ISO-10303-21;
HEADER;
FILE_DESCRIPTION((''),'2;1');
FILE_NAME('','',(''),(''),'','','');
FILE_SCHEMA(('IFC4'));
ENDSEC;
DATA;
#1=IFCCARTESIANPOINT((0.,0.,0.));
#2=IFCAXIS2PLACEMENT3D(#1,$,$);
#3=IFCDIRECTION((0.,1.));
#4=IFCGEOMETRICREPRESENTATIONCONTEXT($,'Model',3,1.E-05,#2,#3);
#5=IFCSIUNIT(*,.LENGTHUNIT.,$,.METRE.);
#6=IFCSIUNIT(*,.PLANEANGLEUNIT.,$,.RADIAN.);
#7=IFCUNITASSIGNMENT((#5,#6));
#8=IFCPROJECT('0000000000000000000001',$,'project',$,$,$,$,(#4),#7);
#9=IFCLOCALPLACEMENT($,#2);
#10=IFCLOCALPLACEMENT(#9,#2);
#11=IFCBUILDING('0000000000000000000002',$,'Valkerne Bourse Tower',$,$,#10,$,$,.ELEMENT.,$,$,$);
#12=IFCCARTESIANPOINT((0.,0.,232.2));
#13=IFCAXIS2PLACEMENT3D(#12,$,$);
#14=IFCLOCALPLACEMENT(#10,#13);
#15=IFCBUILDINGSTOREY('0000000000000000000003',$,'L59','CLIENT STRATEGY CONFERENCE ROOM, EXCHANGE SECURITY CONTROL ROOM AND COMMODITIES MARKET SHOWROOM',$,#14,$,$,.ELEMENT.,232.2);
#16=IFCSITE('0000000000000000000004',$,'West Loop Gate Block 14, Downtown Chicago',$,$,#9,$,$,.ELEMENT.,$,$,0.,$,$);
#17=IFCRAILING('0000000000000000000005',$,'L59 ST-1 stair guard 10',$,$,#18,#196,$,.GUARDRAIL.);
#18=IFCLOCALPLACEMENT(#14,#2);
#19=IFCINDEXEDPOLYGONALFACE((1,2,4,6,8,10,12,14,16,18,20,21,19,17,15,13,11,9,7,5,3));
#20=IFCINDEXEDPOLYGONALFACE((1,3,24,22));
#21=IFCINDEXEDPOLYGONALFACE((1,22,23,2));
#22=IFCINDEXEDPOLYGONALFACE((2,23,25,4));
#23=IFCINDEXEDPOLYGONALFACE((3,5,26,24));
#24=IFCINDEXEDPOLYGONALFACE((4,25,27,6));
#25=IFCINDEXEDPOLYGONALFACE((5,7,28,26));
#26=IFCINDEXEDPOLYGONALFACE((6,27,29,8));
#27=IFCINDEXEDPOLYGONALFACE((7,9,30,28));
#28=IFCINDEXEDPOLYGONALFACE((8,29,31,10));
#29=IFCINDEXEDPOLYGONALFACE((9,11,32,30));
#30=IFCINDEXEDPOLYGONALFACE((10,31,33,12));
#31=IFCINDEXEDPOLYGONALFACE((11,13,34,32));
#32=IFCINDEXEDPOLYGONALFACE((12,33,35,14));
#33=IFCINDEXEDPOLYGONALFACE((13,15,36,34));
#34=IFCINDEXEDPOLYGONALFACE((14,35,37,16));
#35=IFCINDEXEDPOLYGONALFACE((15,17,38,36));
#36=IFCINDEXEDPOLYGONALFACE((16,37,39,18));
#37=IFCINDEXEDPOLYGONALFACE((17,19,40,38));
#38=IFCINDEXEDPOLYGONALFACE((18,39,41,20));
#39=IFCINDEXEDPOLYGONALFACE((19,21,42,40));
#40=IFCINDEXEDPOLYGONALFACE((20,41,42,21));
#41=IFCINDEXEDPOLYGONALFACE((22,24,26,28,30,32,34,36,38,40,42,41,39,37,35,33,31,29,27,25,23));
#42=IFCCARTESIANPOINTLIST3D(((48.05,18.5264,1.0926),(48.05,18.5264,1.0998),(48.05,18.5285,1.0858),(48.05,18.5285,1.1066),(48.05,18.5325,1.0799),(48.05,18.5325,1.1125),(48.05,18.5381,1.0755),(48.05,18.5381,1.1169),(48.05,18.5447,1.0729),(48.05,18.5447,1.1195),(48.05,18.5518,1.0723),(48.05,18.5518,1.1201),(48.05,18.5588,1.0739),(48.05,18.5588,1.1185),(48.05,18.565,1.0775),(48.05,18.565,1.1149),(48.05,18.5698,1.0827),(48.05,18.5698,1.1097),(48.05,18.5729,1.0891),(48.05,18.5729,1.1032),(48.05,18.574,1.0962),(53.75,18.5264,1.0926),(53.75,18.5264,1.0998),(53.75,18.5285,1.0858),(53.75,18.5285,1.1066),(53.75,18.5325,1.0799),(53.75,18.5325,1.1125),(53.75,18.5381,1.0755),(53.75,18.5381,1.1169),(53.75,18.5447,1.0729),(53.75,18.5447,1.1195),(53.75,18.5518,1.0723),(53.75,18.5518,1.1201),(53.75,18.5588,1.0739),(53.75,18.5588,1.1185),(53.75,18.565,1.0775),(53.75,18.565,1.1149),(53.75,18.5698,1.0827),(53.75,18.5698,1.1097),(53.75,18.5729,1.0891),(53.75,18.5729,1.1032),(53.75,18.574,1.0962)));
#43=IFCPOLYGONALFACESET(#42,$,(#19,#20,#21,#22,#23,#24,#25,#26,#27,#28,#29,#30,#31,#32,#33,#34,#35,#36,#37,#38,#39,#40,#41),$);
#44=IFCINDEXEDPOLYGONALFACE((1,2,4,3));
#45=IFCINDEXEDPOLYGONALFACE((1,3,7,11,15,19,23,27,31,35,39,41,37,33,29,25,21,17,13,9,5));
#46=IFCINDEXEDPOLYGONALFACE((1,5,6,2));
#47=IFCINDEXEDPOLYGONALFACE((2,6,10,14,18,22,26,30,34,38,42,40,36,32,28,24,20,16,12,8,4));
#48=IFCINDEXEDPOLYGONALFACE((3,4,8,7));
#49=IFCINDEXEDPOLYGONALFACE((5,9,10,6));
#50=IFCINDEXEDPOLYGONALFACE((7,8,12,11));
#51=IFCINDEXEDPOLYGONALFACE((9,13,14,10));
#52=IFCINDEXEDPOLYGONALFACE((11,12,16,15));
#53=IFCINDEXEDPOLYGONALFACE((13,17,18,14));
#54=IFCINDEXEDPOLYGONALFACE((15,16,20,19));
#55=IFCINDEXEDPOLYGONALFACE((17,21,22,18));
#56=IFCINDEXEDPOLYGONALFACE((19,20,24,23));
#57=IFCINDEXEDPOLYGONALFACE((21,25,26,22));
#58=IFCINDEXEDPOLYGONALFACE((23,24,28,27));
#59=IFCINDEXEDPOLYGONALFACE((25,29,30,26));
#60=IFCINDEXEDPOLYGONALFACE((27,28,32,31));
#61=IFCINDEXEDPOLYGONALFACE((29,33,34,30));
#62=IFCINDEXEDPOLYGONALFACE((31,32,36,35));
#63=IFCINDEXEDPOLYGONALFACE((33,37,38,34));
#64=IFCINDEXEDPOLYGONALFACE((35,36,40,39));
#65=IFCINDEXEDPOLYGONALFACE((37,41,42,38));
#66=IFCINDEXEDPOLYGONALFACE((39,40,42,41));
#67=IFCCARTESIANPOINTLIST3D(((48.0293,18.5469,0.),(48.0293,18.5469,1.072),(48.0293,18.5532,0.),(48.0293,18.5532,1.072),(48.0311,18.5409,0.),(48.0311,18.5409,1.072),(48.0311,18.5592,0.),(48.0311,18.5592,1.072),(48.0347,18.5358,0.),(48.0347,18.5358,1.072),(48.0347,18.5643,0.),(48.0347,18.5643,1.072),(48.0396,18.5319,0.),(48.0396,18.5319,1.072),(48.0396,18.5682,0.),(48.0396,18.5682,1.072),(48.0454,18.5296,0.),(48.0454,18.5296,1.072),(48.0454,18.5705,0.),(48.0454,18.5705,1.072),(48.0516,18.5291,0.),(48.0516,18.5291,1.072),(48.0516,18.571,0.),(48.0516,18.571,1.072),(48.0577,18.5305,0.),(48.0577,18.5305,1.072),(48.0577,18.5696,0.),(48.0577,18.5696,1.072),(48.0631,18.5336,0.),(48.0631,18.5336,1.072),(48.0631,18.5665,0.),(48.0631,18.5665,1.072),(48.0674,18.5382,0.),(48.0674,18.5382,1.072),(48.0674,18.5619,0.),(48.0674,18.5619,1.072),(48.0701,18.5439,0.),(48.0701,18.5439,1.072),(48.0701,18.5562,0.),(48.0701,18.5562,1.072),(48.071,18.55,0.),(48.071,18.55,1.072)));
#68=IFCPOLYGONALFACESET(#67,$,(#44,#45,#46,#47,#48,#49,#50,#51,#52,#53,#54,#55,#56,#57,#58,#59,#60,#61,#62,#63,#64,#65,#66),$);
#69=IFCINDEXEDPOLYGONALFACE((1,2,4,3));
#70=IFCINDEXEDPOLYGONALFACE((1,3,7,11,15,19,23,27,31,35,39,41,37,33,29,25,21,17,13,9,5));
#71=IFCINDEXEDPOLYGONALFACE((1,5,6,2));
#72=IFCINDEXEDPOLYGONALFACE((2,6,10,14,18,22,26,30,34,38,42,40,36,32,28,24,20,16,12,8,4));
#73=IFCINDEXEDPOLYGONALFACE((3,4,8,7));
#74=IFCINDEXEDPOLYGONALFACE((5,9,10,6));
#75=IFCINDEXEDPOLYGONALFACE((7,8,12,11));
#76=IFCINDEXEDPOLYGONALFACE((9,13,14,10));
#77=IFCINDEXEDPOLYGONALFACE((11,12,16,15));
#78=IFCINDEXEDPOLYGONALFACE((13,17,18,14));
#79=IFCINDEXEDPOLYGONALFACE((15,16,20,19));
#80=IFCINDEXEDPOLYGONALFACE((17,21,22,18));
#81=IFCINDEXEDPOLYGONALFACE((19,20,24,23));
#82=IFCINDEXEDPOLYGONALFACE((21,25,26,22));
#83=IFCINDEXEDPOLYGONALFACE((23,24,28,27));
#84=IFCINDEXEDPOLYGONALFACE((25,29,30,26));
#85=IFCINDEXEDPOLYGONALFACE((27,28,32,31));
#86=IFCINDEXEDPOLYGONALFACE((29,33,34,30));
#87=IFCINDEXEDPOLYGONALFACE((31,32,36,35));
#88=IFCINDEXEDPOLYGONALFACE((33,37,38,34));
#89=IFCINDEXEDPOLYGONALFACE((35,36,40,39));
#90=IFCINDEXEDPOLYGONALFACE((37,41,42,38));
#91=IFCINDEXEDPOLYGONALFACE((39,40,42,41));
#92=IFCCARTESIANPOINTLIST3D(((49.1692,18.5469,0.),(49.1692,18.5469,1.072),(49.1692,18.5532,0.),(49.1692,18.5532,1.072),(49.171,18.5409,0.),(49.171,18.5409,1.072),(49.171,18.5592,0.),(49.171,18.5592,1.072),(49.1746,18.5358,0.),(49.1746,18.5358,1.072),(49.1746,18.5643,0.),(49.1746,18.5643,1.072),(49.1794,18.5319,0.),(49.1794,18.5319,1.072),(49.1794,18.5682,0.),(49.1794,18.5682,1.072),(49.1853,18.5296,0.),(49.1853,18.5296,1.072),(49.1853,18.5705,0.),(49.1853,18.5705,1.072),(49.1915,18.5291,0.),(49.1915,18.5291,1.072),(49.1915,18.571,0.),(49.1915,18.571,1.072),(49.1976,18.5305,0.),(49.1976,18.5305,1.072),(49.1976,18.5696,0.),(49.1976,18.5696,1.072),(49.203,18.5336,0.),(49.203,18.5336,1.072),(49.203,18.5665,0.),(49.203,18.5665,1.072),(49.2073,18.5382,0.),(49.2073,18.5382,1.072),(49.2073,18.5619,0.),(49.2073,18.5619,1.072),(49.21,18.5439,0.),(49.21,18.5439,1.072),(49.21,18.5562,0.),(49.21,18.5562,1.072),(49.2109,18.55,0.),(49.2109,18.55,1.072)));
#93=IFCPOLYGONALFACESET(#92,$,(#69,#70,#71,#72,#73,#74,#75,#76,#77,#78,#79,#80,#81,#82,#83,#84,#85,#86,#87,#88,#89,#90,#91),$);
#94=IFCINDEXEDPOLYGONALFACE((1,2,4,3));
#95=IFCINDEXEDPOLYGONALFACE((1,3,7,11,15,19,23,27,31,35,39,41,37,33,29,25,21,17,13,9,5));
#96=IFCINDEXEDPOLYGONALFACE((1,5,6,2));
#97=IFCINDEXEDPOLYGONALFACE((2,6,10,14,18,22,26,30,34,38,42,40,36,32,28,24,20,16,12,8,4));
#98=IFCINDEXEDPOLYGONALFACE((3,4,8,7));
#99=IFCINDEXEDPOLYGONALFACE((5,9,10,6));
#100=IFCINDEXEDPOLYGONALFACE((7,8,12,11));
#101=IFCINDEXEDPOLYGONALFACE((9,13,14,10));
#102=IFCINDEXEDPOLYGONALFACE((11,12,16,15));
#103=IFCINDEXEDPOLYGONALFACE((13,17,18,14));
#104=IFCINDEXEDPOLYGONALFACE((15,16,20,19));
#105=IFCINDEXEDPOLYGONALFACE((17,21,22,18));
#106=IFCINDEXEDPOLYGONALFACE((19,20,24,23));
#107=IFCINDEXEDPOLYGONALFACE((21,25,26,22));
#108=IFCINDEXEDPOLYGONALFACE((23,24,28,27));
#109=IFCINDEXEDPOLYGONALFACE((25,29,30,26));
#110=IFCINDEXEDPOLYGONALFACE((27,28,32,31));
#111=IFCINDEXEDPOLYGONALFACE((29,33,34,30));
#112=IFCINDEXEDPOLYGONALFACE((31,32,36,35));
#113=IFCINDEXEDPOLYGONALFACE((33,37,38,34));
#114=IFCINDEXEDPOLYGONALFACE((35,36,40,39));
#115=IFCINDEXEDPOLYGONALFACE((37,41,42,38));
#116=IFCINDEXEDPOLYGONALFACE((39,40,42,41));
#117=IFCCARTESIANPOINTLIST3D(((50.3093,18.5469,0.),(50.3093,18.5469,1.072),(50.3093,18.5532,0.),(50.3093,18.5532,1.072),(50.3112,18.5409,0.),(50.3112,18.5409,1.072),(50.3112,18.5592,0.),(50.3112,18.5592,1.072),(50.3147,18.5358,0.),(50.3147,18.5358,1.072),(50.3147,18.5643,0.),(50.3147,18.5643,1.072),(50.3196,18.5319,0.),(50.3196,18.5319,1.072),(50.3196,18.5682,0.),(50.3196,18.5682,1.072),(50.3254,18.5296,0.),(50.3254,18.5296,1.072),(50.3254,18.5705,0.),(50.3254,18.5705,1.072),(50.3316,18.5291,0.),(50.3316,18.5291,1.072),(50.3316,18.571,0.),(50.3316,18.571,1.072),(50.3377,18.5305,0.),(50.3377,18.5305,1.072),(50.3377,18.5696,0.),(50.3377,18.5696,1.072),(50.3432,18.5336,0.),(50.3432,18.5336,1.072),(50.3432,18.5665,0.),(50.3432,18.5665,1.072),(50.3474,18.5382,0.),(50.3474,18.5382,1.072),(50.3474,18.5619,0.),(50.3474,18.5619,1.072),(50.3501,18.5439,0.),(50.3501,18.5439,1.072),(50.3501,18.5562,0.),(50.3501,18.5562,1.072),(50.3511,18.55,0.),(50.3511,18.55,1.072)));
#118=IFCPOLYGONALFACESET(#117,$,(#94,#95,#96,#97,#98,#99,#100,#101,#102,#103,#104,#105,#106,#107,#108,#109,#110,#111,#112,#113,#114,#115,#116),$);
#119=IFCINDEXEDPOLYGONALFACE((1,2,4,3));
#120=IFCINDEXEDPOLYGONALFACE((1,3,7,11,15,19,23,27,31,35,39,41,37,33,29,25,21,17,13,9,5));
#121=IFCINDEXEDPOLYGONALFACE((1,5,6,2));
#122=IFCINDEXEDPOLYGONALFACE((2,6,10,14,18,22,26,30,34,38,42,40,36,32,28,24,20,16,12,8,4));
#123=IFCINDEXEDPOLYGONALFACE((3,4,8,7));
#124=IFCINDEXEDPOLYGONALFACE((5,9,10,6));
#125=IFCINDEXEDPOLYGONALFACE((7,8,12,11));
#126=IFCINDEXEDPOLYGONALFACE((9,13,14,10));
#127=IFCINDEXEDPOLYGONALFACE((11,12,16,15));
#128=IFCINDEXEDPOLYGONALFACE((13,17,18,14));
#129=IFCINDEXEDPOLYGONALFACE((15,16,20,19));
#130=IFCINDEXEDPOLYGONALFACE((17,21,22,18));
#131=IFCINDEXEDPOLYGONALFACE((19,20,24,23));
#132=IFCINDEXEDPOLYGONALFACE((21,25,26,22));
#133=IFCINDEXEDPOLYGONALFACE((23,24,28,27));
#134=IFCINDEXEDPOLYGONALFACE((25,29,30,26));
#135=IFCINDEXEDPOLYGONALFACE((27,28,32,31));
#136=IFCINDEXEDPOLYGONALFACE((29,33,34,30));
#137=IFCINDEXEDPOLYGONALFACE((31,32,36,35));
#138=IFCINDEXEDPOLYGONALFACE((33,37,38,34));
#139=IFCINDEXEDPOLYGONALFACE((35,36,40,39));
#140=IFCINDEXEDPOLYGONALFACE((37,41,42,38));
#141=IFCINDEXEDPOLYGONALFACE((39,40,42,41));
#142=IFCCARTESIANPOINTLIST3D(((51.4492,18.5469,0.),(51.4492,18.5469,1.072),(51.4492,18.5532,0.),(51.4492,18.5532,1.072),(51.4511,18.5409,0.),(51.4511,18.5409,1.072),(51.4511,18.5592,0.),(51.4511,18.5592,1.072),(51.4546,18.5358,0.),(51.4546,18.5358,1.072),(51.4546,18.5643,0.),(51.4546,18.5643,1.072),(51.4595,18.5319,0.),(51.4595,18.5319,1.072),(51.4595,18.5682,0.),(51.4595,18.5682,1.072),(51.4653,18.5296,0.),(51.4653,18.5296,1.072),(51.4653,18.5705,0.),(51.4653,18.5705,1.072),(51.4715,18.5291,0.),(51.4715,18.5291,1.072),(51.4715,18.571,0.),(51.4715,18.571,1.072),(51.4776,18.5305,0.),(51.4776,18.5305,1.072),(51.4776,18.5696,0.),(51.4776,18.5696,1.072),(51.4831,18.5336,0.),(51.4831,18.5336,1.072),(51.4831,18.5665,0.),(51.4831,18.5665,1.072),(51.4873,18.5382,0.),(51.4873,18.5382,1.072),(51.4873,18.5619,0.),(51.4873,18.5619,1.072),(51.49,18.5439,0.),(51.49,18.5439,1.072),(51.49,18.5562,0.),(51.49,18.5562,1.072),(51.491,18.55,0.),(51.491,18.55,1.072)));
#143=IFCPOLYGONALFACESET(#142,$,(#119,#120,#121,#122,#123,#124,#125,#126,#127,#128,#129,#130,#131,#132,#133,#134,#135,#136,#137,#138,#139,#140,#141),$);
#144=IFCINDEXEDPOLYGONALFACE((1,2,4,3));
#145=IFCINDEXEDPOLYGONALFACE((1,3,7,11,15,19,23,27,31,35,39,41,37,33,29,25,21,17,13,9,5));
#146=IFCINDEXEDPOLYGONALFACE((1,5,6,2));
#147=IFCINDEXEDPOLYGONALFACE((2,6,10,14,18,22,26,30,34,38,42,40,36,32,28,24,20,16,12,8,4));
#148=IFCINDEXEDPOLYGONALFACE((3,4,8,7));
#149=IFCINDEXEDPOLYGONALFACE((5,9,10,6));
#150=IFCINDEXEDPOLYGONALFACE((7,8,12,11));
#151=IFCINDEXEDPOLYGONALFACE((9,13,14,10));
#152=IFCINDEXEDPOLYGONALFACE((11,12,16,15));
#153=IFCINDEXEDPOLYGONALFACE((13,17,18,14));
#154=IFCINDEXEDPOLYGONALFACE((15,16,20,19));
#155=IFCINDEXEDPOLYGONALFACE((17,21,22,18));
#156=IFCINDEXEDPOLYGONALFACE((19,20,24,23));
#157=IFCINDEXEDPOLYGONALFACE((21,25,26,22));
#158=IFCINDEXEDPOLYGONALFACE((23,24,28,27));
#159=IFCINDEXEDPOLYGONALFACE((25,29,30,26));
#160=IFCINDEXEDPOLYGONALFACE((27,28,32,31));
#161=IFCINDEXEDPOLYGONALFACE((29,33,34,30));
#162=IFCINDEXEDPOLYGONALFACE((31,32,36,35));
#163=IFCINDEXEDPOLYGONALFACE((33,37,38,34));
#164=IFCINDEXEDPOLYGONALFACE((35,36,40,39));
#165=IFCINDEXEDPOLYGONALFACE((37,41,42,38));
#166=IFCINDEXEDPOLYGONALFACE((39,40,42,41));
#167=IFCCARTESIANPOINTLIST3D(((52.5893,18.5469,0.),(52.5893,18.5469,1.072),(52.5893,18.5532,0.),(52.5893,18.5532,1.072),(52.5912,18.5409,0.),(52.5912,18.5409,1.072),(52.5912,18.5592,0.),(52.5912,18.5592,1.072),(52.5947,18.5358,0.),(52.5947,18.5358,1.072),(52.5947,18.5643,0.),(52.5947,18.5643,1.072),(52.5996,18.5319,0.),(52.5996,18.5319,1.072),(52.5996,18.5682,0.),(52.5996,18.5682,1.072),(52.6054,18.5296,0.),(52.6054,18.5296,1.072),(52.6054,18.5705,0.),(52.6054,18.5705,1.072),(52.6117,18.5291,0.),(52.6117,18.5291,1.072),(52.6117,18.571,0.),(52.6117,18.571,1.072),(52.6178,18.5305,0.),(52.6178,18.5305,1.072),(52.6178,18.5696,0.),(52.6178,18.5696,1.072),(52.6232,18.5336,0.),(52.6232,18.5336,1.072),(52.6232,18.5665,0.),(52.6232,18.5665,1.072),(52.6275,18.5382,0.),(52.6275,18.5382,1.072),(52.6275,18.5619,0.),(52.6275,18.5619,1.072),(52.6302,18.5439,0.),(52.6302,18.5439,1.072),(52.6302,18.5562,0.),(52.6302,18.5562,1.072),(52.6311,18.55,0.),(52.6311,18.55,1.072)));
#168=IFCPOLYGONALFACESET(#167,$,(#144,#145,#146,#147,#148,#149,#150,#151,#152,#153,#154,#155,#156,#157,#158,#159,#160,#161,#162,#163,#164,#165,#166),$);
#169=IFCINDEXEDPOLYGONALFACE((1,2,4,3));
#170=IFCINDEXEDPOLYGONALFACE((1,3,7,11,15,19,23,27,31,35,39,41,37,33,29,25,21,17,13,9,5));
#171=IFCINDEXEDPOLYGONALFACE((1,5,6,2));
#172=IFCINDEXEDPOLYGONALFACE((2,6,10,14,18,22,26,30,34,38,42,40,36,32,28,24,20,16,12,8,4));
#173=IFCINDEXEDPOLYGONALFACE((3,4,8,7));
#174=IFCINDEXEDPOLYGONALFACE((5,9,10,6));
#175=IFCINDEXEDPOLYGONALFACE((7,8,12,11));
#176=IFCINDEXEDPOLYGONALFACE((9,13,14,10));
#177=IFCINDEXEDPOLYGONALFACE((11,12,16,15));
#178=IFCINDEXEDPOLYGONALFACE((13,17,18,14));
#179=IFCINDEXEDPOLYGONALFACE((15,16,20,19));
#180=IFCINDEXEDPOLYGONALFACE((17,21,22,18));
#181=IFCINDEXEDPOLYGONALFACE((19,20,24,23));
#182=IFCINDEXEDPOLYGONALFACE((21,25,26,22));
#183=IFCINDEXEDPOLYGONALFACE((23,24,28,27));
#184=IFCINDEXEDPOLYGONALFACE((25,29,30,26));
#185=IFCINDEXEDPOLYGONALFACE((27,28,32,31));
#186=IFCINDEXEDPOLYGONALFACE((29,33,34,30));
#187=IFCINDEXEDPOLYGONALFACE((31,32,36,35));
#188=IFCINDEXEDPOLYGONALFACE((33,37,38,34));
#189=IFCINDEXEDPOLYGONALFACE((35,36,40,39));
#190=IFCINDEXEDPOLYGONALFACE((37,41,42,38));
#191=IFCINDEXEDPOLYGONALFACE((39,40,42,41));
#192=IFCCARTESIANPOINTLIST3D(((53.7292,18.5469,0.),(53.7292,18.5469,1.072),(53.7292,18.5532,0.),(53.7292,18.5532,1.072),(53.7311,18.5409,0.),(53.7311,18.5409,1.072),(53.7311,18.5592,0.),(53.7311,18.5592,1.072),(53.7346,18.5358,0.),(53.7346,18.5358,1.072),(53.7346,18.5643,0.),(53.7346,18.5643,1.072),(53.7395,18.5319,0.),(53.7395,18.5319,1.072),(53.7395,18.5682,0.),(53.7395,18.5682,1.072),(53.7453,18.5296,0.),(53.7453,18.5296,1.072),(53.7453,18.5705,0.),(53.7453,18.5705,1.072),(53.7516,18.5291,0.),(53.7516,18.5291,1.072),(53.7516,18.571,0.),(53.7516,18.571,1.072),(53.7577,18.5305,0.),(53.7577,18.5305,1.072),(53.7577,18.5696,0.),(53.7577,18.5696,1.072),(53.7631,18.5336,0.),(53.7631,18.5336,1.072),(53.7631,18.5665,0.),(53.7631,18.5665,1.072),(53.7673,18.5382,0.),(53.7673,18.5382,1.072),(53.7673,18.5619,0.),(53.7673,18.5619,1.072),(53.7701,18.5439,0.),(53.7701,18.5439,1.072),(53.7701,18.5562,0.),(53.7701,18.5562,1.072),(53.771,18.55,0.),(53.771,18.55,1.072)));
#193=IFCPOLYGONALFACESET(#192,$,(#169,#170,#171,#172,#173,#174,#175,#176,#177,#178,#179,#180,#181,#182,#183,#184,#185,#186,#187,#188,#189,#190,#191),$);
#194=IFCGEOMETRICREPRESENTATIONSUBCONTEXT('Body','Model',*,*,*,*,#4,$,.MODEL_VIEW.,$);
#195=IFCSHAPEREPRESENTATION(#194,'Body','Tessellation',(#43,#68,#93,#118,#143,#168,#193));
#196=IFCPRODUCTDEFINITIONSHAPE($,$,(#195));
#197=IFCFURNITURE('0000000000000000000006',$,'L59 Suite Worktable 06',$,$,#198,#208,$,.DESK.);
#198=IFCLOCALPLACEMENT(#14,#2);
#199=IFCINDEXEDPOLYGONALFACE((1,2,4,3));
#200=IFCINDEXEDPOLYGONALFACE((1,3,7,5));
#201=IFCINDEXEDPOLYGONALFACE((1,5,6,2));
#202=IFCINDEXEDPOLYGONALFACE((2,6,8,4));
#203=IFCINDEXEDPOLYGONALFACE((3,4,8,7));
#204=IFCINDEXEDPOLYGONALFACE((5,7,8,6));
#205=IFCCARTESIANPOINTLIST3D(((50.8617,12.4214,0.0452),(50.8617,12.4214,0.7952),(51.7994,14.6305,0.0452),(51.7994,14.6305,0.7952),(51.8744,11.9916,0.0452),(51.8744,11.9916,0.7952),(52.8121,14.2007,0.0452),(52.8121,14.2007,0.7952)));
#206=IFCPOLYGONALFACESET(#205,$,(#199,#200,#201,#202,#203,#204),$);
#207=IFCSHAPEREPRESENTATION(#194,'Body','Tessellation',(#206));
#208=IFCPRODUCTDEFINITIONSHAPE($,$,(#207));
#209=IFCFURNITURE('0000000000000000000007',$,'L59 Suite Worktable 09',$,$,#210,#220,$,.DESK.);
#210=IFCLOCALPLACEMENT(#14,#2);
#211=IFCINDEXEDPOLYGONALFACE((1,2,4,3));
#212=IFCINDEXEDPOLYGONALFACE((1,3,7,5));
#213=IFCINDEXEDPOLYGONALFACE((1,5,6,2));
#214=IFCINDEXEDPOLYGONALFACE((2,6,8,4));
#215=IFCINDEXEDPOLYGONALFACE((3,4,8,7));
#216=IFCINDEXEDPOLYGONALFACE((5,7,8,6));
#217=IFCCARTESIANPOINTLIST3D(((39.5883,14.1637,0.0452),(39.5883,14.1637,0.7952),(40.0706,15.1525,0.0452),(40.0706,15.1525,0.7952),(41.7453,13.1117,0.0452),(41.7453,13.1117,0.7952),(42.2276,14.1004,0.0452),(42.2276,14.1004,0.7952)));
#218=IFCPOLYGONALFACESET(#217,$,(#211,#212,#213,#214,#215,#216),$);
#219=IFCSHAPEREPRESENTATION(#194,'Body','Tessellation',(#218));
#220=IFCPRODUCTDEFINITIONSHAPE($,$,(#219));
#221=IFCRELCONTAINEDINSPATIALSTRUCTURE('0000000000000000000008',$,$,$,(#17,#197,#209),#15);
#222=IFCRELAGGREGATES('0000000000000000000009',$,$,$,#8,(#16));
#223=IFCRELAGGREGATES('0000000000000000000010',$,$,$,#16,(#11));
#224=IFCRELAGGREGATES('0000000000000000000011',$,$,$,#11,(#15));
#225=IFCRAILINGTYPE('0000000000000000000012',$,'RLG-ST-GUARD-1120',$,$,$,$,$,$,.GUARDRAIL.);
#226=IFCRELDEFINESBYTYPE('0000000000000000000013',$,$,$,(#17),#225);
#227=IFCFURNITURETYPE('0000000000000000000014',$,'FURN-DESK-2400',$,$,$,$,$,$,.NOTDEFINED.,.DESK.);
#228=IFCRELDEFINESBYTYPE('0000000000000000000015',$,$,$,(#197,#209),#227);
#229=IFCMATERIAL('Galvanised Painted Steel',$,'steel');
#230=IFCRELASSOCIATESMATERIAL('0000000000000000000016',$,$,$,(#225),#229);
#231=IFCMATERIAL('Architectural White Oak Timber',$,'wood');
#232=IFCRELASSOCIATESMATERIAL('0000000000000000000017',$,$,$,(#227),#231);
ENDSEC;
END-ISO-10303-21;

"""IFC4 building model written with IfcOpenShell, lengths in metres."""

from ifc_helpers import new_model, si_unit, direction, frame, origin, origin_2d, place, context, subcontext, project, spatial, rectangle, circle, extrude, material, type_object, element, save


model = new_model("IFC4")

# Units and contexts
model_context = context("Model", 3, precision=1e-05, world=origin(), true_north=direction((0.0, 1.0)))
body_context = subcontext(model_context, "Body", "Model", "MODEL_VIEW")
ifc_project = project(units=[si_unit("LENGTHUNIT", "METRE"), si_unit("PLANEANGLEUNIT", "RADIAN")], contexts=[model_context])

# Site, building, storey
site_placement = place(None, origin())
site = spatial("IfcSite", under=ifc_project, at=site_placement, Name="West Loop Gate Block 14, Downtown Chicago", CompositionType="ELEMENT", RefElevation=0.0)
building_placement = place(site_placement, origin())
building = spatial("IfcBuilding", under=site, at=building_placement, Name="Valkerne Bourse Tower", CompositionType="ELEMENT")
storey_placement = place(building_placement, frame((0.0, 0.0, 232.2)))
storey = spatial("IfcBuildingStorey", under=building, at=storey_placement, Name="L59", Description="CLIENT STRATEGY CONFERENCE ROOM, EXCHANGE SECURITY CONTROL ROOM AND COMMODITIES MARKET SHOWROOM", CompositionType="ELEMENT", Elevation=232.2)

# Railing
ifc_material_1 = material(Name="Galvanised Painted Steel", Category="steel")
railing_type = type_object("IfcRailingType", Name="RLG-ST-GUARD-1120", PredefinedType="GUARDRAIL", material=ifc_material_1)
railing_placement = place(storey_placement, frame((48.05, 18.55, 0.0)))
element("IfcRailing", 1, at=railing_placement, inside=storey, type_object=railing_type, Name="L59 ST-1 stair guard 10", PredefinedType="GUARDRAIL", context=body_context, shape_type="SweptSolid", body=[
    extrude(circle(Radius=0.0239, at=origin_2d()), frame((0.0, 0.0, 1.0962), z_axis=(1.0, 0.0, 0.0), x_axis=(0.0, 1.0, 0.0)), (0.0, 0.0, 1.0), 5.7),
    extrude(circle(Radius=0.021, at=origin_2d()), origin(), (0.0, 0.0, 1.0), 1.072),
    extrude(circle(Radius=0.021, at=origin_2d()), frame((1.1399, 0.0, 0.0)), (0.0, 0.0, 1.0), 1.072),
    extrude(circle(Radius=0.021, at=origin_2d()), frame((2.28, 0.0, 0.0)), (0.0, 0.0, 1.0), 1.072),
    extrude(circle(Radius=0.021, at=origin_2d()), frame((3.4199, 0.0, 0.0)), (0.0, 0.0, 1.0), 1.072),
    extrude(circle(Radius=0.021, at=origin_2d()), frame((4.5601, 0.0, 0.0)), (0.0, 0.0, 1.0), 1.072),
    extrude(circle(Radius=0.021, at=origin_2d()), frame((5.7, 0.0, 0.0)), (0.0, 0.0, 1.0), 1.072),
])

# Furniture
ifc_material_2 = material(Name="Architectural White Oak Timber", Category="wood")
furniture_type = type_object("IfcFurnitureType", Name="FURN-DESK-2400", AssemblyPlace="NOTDEFINED", PredefinedType="DESK", material=ifc_material_2)
for number, where, z_axis, x_axis, name in (
    (2, (51.8369, 13.311, 0.0452), (0.0, 0.0, 1.0), (0.390731, 0.920505, 0.0), "L59 Suite Worktable 06"),
    (3, (40.908, 14.1321, 0.0452), (0.0, 0.0, 1.0), (-0.898794, 0.438371, 0.0), "L59 Suite Worktable 09"),
):
    element("IfcFurniture", number, at=place(storey_placement, frame(where, z_axis=z_axis, x_axis=x_axis)), inside=storey, type_object=furniture_type, Name=name, PredefinedType="DESK", context=body_context, shape_type="SweptSolid", body=[
        extrude(rectangle(XDim=2.3999, YDim=1.1001, at=origin_2d()), origin(), (0.0, 0.0, 1.0), 0.75),
    ])

save(model, "model.ifc")
